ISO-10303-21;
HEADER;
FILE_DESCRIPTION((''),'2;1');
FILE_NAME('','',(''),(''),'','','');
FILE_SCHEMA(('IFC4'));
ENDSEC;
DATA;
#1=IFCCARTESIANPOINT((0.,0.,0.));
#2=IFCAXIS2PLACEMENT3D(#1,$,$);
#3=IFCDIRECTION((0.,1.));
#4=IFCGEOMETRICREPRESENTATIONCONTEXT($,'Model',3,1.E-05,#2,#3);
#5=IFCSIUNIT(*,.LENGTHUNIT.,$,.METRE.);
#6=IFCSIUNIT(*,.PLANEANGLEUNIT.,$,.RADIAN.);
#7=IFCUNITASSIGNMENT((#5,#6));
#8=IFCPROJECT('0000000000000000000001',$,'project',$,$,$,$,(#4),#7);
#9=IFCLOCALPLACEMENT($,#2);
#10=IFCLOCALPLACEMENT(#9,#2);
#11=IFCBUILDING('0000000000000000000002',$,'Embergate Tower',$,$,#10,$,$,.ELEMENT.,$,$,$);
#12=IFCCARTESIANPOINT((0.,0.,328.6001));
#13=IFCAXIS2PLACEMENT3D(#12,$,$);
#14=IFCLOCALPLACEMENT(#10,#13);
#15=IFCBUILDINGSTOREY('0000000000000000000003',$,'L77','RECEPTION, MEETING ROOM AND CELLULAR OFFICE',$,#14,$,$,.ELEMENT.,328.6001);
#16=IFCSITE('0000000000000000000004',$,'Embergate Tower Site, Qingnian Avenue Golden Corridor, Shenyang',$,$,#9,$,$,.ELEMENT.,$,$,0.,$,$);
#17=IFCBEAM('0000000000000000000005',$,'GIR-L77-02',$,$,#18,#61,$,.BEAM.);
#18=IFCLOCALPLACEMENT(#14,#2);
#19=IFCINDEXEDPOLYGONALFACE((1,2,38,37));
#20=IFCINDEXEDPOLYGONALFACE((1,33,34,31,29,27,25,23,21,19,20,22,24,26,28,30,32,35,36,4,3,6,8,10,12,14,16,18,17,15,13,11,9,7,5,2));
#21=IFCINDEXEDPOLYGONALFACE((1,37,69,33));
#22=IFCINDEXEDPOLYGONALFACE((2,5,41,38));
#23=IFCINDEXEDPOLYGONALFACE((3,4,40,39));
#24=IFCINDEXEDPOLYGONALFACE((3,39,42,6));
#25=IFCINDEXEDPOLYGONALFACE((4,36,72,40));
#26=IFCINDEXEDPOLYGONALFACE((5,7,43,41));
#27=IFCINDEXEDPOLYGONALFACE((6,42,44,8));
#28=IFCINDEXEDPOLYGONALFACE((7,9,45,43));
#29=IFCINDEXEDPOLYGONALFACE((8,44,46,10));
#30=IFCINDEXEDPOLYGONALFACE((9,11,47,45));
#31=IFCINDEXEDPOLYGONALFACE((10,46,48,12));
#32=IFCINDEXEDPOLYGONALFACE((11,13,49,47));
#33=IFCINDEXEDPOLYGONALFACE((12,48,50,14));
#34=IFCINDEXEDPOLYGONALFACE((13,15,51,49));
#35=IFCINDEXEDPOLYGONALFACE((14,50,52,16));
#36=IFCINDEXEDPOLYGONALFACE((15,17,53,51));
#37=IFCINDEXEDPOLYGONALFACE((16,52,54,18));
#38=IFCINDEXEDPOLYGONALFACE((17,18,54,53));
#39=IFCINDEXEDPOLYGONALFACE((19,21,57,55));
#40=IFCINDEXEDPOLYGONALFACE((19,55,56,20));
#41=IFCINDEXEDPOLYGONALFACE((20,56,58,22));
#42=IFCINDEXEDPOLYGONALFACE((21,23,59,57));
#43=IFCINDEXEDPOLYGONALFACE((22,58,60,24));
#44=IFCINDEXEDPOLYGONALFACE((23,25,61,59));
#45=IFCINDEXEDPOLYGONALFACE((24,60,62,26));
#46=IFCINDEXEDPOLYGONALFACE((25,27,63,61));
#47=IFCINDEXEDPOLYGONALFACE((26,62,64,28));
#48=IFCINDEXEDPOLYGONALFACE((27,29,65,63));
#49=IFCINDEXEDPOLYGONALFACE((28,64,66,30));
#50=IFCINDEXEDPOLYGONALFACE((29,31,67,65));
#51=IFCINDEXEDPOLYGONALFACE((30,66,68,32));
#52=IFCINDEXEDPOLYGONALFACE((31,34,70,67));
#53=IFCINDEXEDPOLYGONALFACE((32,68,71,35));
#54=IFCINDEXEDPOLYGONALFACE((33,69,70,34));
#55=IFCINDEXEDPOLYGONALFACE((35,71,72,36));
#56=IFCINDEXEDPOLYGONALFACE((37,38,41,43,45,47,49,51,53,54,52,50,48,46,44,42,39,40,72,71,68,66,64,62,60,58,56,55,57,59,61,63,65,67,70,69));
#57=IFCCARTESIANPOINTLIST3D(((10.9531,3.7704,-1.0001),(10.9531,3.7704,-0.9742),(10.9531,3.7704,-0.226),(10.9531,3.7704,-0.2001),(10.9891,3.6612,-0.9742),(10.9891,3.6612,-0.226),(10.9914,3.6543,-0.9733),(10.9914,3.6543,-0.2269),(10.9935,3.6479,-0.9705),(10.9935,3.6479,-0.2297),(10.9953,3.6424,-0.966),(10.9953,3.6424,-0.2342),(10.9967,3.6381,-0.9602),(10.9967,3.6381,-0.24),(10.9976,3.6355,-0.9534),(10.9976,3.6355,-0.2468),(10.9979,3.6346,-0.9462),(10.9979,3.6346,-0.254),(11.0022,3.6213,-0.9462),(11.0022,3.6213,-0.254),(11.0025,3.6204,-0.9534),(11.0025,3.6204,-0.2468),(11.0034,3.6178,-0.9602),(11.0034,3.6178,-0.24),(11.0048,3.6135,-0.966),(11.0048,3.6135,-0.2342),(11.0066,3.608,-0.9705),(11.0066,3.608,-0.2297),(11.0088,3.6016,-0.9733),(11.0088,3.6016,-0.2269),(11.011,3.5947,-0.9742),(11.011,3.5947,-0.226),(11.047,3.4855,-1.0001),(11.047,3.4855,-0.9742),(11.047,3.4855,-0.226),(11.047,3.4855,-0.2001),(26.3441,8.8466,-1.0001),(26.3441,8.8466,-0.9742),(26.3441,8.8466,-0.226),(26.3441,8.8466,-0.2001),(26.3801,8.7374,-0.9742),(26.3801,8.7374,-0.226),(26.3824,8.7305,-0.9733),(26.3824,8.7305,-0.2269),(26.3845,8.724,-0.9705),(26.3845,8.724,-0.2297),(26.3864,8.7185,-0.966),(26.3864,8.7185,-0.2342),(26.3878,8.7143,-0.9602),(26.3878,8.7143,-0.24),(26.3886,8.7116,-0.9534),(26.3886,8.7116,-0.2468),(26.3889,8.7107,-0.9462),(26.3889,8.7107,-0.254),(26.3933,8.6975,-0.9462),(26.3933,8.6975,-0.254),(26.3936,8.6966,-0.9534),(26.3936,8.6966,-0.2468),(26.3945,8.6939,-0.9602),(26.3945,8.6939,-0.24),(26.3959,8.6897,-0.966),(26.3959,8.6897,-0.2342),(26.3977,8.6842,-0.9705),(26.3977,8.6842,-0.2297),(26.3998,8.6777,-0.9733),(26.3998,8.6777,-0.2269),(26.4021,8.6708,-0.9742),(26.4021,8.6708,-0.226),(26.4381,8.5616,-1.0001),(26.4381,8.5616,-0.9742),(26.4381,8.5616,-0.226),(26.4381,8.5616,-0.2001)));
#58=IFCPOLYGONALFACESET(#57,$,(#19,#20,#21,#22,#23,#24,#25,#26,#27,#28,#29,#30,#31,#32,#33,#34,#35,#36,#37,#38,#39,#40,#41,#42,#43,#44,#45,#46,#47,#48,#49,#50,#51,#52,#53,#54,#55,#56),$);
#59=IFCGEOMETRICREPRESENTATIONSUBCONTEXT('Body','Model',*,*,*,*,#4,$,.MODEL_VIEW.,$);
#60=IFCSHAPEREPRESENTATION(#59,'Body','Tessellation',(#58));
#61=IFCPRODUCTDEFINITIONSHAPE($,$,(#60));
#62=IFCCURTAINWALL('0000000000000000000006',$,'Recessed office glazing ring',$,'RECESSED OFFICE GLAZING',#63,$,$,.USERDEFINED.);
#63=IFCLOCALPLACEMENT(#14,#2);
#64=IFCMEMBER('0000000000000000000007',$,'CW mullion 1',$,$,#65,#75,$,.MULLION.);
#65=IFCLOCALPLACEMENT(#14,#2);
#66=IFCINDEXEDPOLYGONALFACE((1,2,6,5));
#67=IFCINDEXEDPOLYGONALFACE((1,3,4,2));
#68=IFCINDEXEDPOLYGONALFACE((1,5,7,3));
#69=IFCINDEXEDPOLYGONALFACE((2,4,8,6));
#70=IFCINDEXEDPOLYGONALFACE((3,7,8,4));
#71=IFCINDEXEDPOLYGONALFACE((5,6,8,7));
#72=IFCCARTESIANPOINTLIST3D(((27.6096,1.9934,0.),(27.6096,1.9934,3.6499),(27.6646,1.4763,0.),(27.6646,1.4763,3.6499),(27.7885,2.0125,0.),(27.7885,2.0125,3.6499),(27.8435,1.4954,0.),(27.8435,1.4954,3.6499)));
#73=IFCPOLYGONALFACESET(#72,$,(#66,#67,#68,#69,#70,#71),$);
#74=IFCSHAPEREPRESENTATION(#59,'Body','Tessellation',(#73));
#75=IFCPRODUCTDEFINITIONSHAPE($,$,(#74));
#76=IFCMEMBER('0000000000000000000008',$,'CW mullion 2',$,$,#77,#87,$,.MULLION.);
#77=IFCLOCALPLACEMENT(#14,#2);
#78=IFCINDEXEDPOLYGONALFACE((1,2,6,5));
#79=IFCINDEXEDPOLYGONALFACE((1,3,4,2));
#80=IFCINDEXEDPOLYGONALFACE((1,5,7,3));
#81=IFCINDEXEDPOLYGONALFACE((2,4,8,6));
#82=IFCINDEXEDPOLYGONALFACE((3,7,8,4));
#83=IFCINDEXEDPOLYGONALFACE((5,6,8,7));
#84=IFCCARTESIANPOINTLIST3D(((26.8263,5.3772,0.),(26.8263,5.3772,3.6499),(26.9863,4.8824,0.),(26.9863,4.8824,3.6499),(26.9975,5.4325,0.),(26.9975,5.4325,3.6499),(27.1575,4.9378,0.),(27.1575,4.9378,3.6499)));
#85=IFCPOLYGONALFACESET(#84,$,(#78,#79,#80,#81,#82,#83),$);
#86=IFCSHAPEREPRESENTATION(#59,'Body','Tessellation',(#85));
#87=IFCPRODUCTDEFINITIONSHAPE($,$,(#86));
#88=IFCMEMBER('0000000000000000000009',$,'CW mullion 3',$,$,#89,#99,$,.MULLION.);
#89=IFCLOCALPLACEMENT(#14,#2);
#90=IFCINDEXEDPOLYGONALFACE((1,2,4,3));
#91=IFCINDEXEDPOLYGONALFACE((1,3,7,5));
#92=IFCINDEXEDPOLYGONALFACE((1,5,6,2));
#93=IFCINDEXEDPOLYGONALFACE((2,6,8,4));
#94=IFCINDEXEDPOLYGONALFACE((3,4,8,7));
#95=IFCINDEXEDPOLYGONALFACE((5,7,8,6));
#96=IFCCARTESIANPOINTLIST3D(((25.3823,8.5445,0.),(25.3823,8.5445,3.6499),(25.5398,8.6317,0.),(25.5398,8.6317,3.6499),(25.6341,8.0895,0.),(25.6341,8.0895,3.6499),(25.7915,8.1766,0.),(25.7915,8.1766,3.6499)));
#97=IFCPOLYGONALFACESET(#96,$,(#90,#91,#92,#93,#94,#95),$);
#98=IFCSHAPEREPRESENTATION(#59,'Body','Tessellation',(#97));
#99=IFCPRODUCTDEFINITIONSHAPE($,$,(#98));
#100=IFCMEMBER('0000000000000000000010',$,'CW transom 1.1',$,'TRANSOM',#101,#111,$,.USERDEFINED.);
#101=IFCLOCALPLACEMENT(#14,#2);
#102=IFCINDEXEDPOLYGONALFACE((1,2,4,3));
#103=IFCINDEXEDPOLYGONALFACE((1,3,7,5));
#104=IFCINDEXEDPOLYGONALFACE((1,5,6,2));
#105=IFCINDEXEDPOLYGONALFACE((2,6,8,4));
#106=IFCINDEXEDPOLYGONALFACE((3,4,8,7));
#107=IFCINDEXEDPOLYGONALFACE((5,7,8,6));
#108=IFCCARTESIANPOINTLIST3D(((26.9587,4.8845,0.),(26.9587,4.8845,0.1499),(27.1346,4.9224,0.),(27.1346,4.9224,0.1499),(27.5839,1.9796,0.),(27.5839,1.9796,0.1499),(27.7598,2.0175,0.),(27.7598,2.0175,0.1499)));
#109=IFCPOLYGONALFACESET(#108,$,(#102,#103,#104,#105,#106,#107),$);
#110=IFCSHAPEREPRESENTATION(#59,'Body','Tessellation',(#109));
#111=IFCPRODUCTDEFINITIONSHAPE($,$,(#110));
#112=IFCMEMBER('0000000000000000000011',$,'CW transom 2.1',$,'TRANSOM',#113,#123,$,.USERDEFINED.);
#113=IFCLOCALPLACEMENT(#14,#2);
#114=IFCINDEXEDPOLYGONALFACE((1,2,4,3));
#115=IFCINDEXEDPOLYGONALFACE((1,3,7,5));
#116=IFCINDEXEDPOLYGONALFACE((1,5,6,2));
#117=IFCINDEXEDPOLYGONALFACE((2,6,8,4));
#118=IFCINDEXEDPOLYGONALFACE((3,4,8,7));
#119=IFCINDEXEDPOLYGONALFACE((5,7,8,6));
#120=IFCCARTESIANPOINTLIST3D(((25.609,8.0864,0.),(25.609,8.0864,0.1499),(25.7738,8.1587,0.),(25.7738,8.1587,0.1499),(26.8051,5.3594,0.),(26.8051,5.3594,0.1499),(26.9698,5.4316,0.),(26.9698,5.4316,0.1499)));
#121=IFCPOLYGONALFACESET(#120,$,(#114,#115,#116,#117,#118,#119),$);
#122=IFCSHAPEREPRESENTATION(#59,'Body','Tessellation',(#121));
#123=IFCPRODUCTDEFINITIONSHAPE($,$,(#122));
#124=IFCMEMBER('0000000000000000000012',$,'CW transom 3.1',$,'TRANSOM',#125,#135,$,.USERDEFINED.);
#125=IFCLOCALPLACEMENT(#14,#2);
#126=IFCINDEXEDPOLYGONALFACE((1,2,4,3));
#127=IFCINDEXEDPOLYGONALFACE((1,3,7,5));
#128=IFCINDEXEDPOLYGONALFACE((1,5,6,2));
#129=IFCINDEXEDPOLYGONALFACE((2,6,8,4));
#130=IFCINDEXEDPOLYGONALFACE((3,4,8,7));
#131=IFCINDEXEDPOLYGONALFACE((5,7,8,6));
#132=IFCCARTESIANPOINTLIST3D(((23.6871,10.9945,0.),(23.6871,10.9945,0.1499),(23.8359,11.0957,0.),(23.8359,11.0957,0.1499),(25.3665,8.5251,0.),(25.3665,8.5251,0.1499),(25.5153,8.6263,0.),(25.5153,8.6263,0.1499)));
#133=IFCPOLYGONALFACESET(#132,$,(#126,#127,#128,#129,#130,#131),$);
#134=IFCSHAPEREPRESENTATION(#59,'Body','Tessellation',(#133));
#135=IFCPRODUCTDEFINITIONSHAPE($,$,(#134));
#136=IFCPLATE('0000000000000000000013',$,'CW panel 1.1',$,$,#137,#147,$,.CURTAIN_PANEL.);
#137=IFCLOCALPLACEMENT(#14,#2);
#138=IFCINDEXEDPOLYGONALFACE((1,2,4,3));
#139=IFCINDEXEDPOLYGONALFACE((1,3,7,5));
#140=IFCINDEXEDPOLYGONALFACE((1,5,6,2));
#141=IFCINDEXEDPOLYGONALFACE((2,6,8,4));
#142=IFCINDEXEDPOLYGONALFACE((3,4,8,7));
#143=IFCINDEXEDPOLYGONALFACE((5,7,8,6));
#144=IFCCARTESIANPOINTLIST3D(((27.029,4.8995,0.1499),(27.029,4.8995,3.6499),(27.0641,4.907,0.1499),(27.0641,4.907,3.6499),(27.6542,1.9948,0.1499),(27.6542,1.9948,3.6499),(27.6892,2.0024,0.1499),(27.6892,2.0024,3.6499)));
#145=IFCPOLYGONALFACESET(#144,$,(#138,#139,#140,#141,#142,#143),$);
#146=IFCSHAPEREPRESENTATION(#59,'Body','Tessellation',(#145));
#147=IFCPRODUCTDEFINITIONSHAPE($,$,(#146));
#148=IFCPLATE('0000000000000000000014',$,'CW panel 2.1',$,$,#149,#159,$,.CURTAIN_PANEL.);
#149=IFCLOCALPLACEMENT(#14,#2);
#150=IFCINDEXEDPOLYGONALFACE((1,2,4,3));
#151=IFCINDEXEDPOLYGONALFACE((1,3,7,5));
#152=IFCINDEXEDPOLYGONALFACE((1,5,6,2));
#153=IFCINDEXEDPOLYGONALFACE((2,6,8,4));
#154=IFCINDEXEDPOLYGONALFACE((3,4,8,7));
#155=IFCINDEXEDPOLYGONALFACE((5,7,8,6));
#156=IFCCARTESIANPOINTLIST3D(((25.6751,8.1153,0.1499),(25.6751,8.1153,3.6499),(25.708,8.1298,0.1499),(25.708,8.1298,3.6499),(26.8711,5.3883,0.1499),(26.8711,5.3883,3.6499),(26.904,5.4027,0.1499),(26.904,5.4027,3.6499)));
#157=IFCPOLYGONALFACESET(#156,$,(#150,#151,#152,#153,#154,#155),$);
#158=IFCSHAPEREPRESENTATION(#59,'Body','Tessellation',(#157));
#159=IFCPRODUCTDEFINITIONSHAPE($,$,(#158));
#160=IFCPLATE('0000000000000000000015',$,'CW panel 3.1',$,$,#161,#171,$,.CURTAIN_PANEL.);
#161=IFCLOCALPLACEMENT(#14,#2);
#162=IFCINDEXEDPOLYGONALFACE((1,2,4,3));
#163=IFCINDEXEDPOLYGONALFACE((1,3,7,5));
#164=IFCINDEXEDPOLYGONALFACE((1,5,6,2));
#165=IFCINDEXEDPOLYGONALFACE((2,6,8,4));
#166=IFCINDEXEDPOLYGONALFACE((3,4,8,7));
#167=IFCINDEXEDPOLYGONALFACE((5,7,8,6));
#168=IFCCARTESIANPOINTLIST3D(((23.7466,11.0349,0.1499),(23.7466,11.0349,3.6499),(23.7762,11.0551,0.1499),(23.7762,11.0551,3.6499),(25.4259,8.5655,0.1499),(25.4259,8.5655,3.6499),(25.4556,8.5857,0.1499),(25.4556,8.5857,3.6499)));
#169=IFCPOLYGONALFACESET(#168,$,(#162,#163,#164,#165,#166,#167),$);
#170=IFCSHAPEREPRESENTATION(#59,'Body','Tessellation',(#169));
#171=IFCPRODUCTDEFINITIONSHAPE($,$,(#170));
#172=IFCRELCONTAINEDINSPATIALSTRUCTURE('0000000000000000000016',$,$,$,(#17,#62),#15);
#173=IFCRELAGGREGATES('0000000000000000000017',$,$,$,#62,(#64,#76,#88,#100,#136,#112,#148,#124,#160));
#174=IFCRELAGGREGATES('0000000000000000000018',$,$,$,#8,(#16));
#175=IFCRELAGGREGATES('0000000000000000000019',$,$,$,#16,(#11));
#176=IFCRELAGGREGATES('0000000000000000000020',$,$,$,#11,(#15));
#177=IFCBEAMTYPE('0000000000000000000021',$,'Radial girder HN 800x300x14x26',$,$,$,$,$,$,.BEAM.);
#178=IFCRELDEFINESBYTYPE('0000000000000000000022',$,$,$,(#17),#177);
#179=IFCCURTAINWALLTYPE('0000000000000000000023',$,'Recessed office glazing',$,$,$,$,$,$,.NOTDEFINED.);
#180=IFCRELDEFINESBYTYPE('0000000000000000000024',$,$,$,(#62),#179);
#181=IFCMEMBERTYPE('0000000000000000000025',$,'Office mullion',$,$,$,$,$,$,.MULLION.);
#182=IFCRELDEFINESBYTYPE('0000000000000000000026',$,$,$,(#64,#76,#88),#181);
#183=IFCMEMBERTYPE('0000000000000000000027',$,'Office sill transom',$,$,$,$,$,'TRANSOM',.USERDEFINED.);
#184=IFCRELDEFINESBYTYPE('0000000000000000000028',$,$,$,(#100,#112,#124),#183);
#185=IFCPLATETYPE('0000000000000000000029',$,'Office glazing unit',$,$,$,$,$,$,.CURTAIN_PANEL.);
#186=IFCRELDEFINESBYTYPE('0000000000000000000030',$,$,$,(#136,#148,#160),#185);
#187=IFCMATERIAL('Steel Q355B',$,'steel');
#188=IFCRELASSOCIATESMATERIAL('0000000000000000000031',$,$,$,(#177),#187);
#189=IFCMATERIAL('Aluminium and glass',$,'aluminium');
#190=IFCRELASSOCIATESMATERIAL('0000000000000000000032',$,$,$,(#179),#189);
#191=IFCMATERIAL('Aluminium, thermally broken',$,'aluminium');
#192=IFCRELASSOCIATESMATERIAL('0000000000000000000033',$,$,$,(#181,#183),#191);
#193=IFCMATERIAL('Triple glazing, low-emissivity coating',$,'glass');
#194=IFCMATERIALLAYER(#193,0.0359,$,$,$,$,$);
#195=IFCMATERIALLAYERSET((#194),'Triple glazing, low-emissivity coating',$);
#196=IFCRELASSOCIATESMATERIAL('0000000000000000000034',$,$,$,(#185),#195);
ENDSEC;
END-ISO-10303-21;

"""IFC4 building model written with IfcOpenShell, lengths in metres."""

from ifc_helpers import new_model, si_unit, direction, frame, origin, origin_2d, place, context, subcontext, project, spatial, rectangle, i_section, extrude, source, transform, mapped, material, layer, layer_set, material_profile, profile_set, type_object, element, aggregate, save


model = new_model("IFC4")

# Units and contexts
model_context = context("Model", 3, precision=1e-05, world=origin(), true_north=direction((0.0, 1.0)))
body_context = subcontext(model_context, "Body", "Model", "MODEL_VIEW")
ifc_project = project(units=[si_unit("LENGTHUNIT", "METRE"), si_unit("PLANEANGLEUNIT", "RADIAN")], contexts=[model_context])

# Site, building, storey
site_placement = place(None, origin())
site = spatial("IfcSite", under=ifc_project, at=site_placement, Name="Embergate Tower Site, Qingnian Avenue Golden Corridor, Shenyang", CompositionType="ELEMENT", RefElevation=0.0)
building_placement = place(site_placement, origin())
building = spatial("IfcBuilding", under=site, at=building_placement, Name="Embergate Tower", CompositionType="ELEMENT")
storey_placement = place(building_placement, frame((0.0, 0.0, 328.6001)))
storey = spatial("IfcBuildingStorey", under=building, at=storey_placement, Name="L77", Description="RECEPTION, MEETING ROOM AND CELLULAR OFFICE", CompositionType="ELEMENT", Elevation=328.6001)

# Beam
ifc_material_1 = material(Name="Steel Q355B", Category="steel")
ifc_material_profile_1 = material_profile(ifc_material_1, i_section(OverallWidth=0.3, OverallDepth=0.8, WebThickness=0.0139, FlangeThickness=0.0259, FilletRadius=0.0281, at=origin_2d()), Name="HN 800x300x14x26")
ifc_profile_set_1 = profile_set([ifc_material_profile_1], Name="Steel Q355 grade B")
beam_type_1 = type_object("IfcBeamType", Name="Radial girder HN 800x300x14x26", PredefinedType="BEAM", material=ifc_profile_set_1)
shared_shape_1 = source(origin(), body_context, "Body", "SweptSolid", [
    extrude(i_section(OverallWidth=0.3, OverallDepth=0.8, WebThickness=0.0139, FlangeThickness=0.0259, FilletRadius=0.0281, at=origin_2d()), origin(), (0.0, 0.0, 1.0), 16.2065),
])
beam_1_placement = place(storey_placement, frame((26.3911, 8.7041, -0.6001), z_axis=(-0.949682, -0.313216, 0.0), x_axis=(0.313216, -0.949682, 0.0)))
element("IfcBeam", 1, at=beam_1_placement, inside=storey, type_object=beam_type_1, Name="GIR-L77-02", PredefinedType="BEAM", context=body_context, shape_type="MappedRepresentation", body=[
    mapped(shared_shape_1, transform((0.0, 0.0, 0.0))),
])

# Curtain wall, members, plates
ifc_material_2 = material(Name="Aluminium and glass", Category="aluminium")
curtain_wall_type = type_object("IfcCurtainWallType", Name="Recessed office glazing", PredefinedType="NOTDEFINED", material=ifc_material_2)
curtain_wall_placement = place(storey_placement, origin())
curtain_wall = element("IfcCurtainWall", 2, at=curtain_wall_placement, inside=storey, type_object=curtain_wall_type, Name="Recessed office glazing ring", ObjectType="RECESSED OFFICE GLAZING", PredefinedType="USERDEFINED")
ifc_material_3 = material(Name="Aluminium, thermally broken", Category="aluminium")
ifc_material_profile_2 = material_profile(ifc_material_3, rectangle(XDim=0.1799, YDim=0.52, at=origin_2d()), Name="AL 520x180")
ifc_profile_set_2 = profile_set([ifc_material_profile_2], Name="Aluminium, thermally broken")
member_type_1 = type_object("IfcMemberType", Name="Office mullion", PredefinedType="MULLION", material=ifc_profile_set_2)
shared_shape_2 = source(origin(), body_context, "Body", "SweptSolid", [
    extrude(rectangle(XDim=0.1799, YDim=0.52, at=origin_2d()), origin(), (0.0, 0.0, 1.0), 3.6499),
])
member_1_placement = place(storey_placement, frame((27.7266, 1.7444, 0.0), z_axis=(0.0, 0.0, 1.0), x_axis=(-0.994384, -0.105834, 0.0)))
member_1 = element("IfcMember", 3, at=member_1_placement, type_object=member_type_1, Name="CW mullion 1", PredefinedType="MULLION", context=body_context, shape_type="MappedRepresentation", body=[
    mapped(shared_shape_2, transform((0.0, 0.0, 0.0))),
])
member_2_placement = place(storey_placement, frame((26.9919, 5.1575, 0.0), z_axis=(0.0, 0.0, 1.0), x_axis=(-0.95149, -0.30768, 0.0)))
member_2 = element("IfcMember", 4, at=member_2_placement, type_object=member_type_1, Name="CW mullion 2", PredefinedType="MULLION", context=body_context, shape_type="MappedRepresentation", body=[
    mapped(shared_shape_2, transform((0.0, 0.0, 0.0))),
])
member_3_placement = place(storey_placement, frame((25.5869, 8.3606, 0.0), z_axis=(0.0, 0.0, 1.0), x_axis=(-0.874988, -0.484145, 0.0)))
member_3 = element("IfcMember", 5, at=member_3_placement, type_object=member_type_1, Name="CW mullion 3", PredefinedType="MULLION", context=body_context, shape_type="MappedRepresentation", body=[
    mapped(shared_shape_2, transform((0.0, 0.0, 0.0))),
])
ifc_material_profile_3 = material_profile(ifc_material_3, rectangle(XDim=0.1799, YDim=0.1499, at=origin_2d()), Name="AL 150x180")
ifc_profile_set_3 = profile_set([ifc_material_profile_3], Name="Aluminium, thermally broken")
member_type_2 = type_object("IfcMemberType", Name="Office sill transom", ElementType="TRANSOM", PredefinedType="USERDEFINED", material=ifc_profile_set_3)
shared_shape_3 = source(origin(), body_context, "Body", "SweptSolid", [
    extrude(rectangle(XDim=0.1799, YDim=0.1499, at=origin_2d()), origin(), (0.0, 0.0, 1.0), 2.9714),
])
member_4_placement = place(storey_placement, frame((27.6719, 1.9985, 0.075), z_axis=(-0.210427, 0.97761, 0.0), x_axis=(-0.97761, -0.210427, 0.0)))
member_4 = element("IfcMember", 6, at=member_4_placement, type_object=member_type_2, Name="CW transom 1.1", ObjectType="TRANSOM", PredefinedType="USERDEFINED", context=body_context, shape_type="MappedRepresentation", body=[
    mapped(shared_shape_3, transform((0.0, 0.0, 0.0))),
])
shared_shape_4 = source(origin(), body_context, "Body", "SweptSolid", [
    extrude(rectangle(XDim=0.1799, YDim=0.1499, at=origin_2d()), origin(), (0.0, 0.0, 1.0), 2.9778),
])
member_5_placement = place(storey_placement, frame((26.8875, 5.3955, 0.075), z_axis=(-0.401653, 0.915792, 0.0), x_axis=(-0.915792, -0.401653, 0.0)))
member_5 = element("IfcMember", 7, at=member_5_placement, type_object=member_type_2, Name="CW transom 2.1", ObjectType="TRANSOM", PredefinedType="USERDEFINED", context=body_context, shape_type="MappedRepresentation", body=[
    mapped(shared_shape_4, transform((0.0, 0.0, 0.0))),
])
shared_shape_5 = source(origin(), body_context, "Body", "SweptSolid", [
    extrude(rectangle(XDim=0.1799, YDim=0.1499, at=origin_2d()), origin(), (0.0, 0.0, 1.0), 2.9863),
])
member_6_placement = place(storey_placement, frame((25.4409, 8.5757, 0.075), z_axis=(-0.562355, 0.826896, 0.0), x_axis=(-0.826896, -0.562355, 0.0)))
member_6 = element("IfcMember", 8, at=member_6_placement, type_object=member_type_2, Name="CW transom 3.1", ObjectType="TRANSOM", PredefinedType="USERDEFINED", context=body_context, shape_type="MappedRepresentation", body=[
    mapped(shared_shape_5, transform((0.0, 0.0, 0.0))),
])
ifc_material_4 = material(Name="Triple glazing, low-emissivity coating", Category="glass")
ifc_layer_1 = layer(ifc_material_4, 0.0359)
ifc_layer_set_1 = layer_set([ifc_layer_1], Name="Triple glazing, low-emissivity coating")
plate_type = type_object("IfcPlateType", Name="Office glazing unit", PredefinedType="CURTAIN_PANEL", material=ifc_layer_set_1)
shared_shape_6 = source(origin(), body_context, "Body", "SweptSolid", [
    extrude(rectangle(XDim=2.9712, YDim=0.0359, at=origin_2d()), origin(), (0.0, 0.0, 1.0), 3.5),
])
plate_1_placement = place(storey_placement, frame((27.3591, 3.4509, 0.1499), z_axis=(0.0, 0.0, 1.0), x_axis=(-0.210402, 0.977615, 0.0)))
plate_1 = element("IfcPlate", 9, at=plate_1_placement, type_object=plate_type, Name="CW panel 1.1", PredefinedType="CURTAIN_PANEL", context=body_context, shape_type="MappedRepresentation", body=[
    mapped(shared_shape_6, transform((0.0, 0.0, 0.0))),
])
shared_shape_7 = source(origin(), body_context, "Body", "SweptSolid", [
    extrude(rectangle(XDim=2.9778, YDim=0.0359, at=origin_2d()), origin(), (0.0, 0.0, 1.0), 3.5),
])
plate_2_placement = place(storey_placement, frame((26.2896, 6.759, 0.1499), z_axis=(0.0, 0.0, 1.0), x_axis=(-0.401658, 0.91579, 0.0)))
plate_2 = element("IfcPlate", 10, at=plate_2_placement, type_object=plate_type, Name="CW panel 2.1", PredefinedType="CURTAIN_PANEL", context=body_context, shape_type="MappedRepresentation", body=[
    mapped(shared_shape_7, transform((0.0, 0.0, 0.0))),
])
shared_shape_8 = source(origin(), body_context, "Body", "SweptSolid", [
    extrude(rectangle(XDim=2.9863, YDim=0.0359, at=origin_2d()), origin(), (0.0, 0.0, 1.0), 3.5),
])
plate_3_placement = place(storey_placement, frame((24.6011, 9.8103, 0.1499), z_axis=(0.0, 0.0, 1.0), x_axis=(-0.562348, 0.826901, 0.0)))
plate_3 = element("IfcPlate", 11, at=plate_3_placement, type_object=plate_type, Name="CW panel 3.1", PredefinedType="CURTAIN_PANEL", context=body_context, shape_type="MappedRepresentation", body=[
    mapped(shared_shape_8, transform((0.0, 0.0, 0.0))),
])
aggregate(curtain_wall, [member_1, member_2, member_3, member_4, plate_1, member_5, plate_2, member_6, plate_3])

save(model, "model.ifc")
